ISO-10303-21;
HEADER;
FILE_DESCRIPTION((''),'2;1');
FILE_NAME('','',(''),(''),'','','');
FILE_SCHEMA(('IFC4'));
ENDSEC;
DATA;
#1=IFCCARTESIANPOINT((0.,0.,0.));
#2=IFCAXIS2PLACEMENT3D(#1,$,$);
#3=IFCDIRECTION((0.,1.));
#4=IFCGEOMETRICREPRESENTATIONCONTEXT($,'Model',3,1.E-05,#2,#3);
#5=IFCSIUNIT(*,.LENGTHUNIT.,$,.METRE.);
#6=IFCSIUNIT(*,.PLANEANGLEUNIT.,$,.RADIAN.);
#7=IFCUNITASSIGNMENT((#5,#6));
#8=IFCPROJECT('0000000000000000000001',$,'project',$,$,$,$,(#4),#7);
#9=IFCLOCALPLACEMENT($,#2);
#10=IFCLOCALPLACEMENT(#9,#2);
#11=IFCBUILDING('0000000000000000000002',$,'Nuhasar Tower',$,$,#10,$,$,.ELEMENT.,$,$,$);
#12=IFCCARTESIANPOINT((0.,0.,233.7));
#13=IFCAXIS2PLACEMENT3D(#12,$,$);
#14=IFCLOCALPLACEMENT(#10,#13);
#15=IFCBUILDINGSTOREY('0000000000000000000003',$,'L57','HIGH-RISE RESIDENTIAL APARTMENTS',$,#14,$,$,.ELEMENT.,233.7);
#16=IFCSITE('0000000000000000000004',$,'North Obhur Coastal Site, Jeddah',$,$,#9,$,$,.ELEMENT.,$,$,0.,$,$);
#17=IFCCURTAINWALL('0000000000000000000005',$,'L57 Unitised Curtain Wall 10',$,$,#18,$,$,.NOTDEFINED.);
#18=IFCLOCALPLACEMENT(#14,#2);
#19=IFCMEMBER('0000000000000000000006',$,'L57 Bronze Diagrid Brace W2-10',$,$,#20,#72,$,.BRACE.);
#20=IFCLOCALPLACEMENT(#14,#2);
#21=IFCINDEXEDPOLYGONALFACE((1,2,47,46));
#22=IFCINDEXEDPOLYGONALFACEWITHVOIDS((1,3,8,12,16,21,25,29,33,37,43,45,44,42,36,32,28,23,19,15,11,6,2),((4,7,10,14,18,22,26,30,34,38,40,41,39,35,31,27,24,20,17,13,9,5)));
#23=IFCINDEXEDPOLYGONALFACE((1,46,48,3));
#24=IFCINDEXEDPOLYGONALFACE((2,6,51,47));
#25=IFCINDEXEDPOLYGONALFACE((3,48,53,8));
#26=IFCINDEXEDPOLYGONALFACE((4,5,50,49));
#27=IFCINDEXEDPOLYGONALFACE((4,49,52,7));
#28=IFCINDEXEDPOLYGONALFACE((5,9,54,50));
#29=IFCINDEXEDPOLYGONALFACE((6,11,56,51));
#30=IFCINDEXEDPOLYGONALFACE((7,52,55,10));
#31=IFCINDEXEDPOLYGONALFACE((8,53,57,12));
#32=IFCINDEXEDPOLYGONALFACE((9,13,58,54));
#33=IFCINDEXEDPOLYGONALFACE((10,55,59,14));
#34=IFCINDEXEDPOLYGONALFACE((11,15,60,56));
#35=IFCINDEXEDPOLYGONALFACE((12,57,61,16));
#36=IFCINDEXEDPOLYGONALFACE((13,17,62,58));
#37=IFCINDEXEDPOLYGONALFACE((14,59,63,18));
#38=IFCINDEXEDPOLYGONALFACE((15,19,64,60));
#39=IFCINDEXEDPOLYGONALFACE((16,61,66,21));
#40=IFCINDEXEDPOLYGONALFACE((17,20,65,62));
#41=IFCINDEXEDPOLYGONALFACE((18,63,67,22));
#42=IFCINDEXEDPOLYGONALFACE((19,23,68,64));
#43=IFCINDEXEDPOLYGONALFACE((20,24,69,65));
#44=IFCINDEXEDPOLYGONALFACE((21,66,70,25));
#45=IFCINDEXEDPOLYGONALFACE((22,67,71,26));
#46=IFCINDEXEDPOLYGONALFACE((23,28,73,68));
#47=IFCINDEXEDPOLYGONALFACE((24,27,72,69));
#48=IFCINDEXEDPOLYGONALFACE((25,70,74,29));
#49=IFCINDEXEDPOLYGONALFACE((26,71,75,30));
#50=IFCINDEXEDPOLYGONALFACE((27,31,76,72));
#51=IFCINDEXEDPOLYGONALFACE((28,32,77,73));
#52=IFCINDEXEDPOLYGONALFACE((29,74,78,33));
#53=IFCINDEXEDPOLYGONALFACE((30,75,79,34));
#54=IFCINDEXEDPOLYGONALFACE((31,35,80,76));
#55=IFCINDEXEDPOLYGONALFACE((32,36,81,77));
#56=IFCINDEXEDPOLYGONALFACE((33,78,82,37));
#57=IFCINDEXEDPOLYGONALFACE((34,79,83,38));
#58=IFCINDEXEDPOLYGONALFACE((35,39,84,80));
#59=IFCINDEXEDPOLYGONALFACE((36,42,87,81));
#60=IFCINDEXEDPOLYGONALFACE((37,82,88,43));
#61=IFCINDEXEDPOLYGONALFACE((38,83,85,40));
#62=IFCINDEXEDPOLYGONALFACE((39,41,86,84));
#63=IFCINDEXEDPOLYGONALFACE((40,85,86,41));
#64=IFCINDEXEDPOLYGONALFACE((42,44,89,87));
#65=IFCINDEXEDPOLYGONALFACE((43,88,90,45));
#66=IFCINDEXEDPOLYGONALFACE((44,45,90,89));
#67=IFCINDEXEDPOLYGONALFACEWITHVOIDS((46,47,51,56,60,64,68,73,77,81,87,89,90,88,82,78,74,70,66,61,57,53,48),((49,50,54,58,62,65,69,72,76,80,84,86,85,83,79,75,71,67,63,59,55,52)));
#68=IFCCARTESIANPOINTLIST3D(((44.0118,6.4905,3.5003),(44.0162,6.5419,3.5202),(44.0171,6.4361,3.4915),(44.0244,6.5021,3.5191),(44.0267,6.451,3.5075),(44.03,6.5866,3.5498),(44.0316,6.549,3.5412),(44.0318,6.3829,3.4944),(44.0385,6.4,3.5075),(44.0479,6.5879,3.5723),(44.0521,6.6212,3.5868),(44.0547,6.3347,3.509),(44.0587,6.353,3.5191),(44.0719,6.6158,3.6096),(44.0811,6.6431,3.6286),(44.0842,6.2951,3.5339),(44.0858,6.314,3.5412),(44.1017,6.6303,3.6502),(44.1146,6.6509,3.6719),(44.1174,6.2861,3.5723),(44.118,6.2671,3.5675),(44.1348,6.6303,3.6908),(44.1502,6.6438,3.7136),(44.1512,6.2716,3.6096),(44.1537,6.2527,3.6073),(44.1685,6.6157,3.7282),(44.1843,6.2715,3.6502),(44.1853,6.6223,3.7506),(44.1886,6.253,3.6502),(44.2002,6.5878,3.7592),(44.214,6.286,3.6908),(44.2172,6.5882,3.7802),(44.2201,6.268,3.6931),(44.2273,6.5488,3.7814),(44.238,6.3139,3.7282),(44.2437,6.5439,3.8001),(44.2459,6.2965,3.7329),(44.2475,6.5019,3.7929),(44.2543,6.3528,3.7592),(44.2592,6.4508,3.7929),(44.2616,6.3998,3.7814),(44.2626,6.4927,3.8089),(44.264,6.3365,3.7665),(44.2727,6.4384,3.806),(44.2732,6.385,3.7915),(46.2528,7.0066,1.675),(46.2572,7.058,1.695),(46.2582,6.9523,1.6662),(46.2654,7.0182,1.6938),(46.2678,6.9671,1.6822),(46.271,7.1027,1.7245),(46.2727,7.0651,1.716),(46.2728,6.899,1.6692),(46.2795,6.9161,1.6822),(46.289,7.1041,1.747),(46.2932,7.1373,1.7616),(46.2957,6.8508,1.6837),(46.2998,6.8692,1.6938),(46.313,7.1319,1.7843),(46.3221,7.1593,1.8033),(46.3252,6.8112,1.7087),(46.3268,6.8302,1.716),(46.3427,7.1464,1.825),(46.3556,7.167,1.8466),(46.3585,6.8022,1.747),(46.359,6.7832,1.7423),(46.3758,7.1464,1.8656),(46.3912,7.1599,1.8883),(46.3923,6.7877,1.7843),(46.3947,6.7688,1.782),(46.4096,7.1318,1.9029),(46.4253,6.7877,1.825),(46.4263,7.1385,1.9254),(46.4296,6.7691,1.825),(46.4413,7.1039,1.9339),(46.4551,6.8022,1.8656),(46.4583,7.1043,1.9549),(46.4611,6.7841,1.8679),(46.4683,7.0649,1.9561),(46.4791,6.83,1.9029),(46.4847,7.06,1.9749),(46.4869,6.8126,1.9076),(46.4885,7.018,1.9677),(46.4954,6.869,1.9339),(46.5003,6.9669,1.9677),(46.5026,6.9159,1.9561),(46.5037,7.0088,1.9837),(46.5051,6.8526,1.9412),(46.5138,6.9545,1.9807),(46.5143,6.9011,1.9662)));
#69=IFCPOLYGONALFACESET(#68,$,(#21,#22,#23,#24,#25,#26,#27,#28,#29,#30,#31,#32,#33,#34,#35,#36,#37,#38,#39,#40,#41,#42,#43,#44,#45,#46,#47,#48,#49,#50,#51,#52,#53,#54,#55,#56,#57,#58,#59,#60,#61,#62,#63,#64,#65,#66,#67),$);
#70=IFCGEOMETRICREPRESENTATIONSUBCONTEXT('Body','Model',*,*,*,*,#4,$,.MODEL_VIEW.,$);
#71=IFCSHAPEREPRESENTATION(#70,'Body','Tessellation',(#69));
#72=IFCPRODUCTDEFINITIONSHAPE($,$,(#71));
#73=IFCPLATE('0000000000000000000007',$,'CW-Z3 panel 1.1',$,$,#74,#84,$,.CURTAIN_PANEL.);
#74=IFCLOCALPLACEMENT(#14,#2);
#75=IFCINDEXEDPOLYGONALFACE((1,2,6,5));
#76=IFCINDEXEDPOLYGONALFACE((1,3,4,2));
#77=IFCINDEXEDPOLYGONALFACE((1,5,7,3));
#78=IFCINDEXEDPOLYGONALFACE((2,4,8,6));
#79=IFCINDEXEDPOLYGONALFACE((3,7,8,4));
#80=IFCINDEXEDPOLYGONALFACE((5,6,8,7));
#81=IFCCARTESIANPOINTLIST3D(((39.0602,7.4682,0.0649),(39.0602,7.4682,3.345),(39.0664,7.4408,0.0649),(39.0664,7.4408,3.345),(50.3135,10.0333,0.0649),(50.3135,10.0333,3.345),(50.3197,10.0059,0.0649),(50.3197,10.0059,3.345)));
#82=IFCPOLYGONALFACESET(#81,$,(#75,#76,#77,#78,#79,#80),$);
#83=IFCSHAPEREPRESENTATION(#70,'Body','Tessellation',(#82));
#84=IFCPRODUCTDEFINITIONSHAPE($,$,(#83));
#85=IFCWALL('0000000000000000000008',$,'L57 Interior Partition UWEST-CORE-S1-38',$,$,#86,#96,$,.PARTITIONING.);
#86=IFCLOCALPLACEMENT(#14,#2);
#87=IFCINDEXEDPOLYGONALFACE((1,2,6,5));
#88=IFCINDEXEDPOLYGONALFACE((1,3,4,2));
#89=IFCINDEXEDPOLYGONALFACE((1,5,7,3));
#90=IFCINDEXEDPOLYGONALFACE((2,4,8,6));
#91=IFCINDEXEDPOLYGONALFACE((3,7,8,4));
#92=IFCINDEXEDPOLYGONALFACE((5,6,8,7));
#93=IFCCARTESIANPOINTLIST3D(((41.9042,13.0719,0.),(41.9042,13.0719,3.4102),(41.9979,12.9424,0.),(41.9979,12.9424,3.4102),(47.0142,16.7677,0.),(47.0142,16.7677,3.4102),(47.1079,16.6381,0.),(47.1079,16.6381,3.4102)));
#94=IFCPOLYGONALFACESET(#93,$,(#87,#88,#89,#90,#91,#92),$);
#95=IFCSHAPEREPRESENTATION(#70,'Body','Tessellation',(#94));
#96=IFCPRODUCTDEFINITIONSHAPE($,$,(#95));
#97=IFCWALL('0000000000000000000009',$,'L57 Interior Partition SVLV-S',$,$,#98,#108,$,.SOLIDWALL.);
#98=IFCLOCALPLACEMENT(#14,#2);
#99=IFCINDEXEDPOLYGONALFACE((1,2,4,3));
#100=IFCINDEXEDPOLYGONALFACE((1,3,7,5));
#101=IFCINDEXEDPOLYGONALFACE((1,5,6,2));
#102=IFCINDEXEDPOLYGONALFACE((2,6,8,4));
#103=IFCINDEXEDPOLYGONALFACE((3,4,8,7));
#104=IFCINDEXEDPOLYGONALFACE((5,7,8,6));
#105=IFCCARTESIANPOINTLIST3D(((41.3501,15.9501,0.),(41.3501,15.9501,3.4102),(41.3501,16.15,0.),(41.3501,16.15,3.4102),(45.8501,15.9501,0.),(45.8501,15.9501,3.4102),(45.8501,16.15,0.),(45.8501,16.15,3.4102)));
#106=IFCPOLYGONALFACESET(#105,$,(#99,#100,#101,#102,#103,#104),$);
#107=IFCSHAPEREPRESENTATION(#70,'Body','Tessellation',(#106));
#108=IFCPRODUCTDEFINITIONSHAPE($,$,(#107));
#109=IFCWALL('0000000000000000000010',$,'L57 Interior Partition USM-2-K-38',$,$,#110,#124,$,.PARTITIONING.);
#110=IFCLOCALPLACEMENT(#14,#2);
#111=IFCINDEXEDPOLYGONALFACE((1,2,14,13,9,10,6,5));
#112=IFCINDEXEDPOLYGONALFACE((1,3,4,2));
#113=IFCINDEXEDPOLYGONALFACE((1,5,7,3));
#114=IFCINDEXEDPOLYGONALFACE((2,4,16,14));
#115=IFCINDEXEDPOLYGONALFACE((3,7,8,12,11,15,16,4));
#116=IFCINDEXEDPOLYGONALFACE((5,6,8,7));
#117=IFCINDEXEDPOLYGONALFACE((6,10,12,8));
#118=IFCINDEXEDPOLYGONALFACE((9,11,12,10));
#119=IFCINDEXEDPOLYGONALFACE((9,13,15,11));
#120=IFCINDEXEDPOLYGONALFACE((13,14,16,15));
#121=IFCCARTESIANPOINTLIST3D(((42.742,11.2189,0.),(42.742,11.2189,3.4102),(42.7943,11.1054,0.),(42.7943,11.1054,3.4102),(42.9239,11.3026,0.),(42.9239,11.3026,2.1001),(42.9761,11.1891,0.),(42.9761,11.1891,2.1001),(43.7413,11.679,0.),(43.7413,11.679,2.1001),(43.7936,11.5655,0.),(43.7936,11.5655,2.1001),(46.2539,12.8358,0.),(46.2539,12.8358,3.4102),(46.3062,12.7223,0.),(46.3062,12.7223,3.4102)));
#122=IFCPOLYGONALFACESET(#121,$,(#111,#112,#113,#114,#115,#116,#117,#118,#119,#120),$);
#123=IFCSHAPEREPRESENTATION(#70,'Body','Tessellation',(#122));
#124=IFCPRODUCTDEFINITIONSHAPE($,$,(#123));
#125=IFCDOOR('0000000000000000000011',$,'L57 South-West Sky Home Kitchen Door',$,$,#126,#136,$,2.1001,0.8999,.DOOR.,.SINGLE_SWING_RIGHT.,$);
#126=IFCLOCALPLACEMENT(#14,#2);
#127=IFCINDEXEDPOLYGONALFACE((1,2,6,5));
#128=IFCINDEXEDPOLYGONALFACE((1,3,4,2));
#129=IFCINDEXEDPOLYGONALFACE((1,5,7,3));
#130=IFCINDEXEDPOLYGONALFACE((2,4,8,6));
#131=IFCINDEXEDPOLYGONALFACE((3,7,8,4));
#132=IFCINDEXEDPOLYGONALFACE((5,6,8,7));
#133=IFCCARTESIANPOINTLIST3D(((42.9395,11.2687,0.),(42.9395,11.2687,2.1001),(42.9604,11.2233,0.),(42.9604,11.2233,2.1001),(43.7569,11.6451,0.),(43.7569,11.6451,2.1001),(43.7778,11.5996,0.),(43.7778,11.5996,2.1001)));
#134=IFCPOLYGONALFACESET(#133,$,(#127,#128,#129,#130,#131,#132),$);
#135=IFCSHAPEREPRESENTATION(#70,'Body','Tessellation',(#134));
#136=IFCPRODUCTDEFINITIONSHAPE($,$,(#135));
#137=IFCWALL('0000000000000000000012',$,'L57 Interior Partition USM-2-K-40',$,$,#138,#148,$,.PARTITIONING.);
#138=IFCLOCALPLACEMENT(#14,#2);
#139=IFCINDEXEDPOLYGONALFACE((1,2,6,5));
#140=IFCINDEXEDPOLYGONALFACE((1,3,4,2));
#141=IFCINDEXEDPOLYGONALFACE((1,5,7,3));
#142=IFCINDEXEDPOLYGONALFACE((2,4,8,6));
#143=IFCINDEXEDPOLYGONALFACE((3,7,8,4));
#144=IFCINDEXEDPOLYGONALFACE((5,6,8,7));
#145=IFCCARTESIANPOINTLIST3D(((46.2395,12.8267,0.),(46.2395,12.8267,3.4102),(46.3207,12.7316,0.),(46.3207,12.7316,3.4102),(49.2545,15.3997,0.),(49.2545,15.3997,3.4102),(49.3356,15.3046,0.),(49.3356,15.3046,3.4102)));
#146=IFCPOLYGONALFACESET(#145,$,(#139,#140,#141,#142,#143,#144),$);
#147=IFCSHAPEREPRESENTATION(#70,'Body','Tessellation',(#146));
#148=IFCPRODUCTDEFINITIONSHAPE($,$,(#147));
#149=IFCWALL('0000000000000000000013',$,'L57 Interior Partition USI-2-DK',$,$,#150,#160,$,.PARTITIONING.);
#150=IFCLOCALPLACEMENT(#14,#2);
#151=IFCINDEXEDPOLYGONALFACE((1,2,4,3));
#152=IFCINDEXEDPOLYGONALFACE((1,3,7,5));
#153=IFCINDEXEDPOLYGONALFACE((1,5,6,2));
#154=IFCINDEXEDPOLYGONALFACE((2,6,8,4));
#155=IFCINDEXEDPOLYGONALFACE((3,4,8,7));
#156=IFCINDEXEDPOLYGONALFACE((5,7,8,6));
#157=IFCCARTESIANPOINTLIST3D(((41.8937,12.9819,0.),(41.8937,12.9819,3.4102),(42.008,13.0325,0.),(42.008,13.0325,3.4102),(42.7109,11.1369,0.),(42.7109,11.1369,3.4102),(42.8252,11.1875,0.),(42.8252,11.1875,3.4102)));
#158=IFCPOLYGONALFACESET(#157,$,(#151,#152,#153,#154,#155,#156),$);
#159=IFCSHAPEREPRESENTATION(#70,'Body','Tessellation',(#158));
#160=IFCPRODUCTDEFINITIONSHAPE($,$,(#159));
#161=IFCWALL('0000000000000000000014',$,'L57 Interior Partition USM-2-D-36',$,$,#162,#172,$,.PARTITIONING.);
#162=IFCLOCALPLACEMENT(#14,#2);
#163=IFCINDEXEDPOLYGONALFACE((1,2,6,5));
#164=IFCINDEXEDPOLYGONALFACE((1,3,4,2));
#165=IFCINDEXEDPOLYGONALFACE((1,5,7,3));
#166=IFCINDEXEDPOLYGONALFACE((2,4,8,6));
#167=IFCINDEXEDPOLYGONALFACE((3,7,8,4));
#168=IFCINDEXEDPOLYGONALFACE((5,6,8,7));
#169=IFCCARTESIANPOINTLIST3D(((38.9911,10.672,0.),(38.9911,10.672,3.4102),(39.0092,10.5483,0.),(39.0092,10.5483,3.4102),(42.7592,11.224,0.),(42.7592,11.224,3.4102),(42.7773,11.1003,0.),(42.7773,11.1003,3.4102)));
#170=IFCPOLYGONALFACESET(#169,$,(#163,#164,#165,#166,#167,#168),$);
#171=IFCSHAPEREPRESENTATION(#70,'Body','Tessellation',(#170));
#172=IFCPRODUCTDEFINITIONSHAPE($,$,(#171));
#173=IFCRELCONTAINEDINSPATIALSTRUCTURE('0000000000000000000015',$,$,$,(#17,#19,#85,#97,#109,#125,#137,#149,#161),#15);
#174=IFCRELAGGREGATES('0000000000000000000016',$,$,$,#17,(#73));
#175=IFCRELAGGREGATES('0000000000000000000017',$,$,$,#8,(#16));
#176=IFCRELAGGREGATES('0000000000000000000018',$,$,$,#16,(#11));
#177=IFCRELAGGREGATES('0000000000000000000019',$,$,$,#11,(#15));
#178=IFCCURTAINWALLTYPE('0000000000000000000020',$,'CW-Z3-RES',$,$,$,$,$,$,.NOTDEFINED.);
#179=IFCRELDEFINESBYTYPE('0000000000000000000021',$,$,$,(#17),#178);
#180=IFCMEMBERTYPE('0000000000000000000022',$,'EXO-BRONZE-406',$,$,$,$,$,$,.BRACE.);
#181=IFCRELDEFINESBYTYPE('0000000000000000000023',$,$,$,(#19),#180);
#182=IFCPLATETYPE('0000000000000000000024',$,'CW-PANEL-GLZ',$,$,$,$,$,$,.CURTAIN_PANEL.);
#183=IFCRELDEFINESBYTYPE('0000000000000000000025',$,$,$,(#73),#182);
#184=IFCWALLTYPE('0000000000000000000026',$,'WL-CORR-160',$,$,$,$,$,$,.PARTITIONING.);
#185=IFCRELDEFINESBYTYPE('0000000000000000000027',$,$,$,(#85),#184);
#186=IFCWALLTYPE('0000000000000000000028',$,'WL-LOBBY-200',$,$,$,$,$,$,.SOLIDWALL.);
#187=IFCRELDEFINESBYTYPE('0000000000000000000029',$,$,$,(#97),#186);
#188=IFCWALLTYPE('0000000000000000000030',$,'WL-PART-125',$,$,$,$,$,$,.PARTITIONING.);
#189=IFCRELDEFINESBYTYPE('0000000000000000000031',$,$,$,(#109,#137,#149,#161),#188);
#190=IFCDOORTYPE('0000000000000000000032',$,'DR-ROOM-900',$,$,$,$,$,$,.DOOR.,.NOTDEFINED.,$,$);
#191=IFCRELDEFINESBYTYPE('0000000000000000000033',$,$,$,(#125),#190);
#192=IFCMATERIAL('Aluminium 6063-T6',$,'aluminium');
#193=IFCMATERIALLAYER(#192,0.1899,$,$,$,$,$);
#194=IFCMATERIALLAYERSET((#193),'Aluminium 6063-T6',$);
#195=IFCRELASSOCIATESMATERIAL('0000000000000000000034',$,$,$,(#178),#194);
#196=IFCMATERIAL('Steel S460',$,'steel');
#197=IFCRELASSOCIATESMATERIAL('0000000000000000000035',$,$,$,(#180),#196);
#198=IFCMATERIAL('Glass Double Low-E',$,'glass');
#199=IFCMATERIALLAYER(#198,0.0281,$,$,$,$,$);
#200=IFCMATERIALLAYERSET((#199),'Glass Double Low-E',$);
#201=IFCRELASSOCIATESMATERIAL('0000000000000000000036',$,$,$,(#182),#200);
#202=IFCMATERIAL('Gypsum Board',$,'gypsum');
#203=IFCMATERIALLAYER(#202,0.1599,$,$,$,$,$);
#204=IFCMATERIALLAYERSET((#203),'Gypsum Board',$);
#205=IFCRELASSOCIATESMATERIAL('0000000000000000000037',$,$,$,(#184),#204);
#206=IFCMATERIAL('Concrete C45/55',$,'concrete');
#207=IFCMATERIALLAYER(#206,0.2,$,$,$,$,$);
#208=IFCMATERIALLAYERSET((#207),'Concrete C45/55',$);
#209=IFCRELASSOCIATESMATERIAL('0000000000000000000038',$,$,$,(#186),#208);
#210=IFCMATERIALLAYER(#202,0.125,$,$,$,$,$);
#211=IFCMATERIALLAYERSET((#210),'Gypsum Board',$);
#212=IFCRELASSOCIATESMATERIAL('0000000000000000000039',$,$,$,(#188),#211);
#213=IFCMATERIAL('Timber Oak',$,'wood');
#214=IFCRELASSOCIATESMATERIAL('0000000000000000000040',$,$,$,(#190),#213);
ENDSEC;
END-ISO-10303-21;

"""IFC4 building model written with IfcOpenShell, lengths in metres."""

from ifc_helpers import new_model, si_unit, direction, frame, frame_2d, origin, origin_2d, place, context, subcontext, project, spatial, rectangle, hollow_circle, extrude, material, layer, layer_set, material_profile, profile_set, type_object, element, fill, aggregate, save


model = new_model("IFC4")

# Units and contexts
model_context = context("Model", 3, precision=1e-05, world=origin(), true_north=direction((0.0, 1.0)))
body_context = subcontext(model_context, "Body", "Model", "MODEL_VIEW")
ifc_project = project(units=[si_unit("LENGTHUNIT", "METRE"), si_unit("PLANEANGLEUNIT", "RADIAN")], contexts=[model_context])

# Site, building, storey
site_placement = place(None, origin())
site = spatial("IfcSite", under=ifc_project, at=site_placement, Name="North Obhur Coastal Site, Jeddah", CompositionType="ELEMENT", RefElevation=0.0)
building_placement = place(site_placement, origin())
building = spatial("IfcBuilding", under=site, at=building_placement, Name="Nuhasar Tower", CompositionType="ELEMENT")
storey_placement = place(building_placement, frame((0.0, 0.0, 233.7)))
storey = spatial("IfcBuildingStorey", under=building, at=storey_placement, Name="L57", Description="HIGH-RISE RESIDENTIAL APARTMENTS", CompositionType="ELEMENT", Elevation=233.7)

# Curtain wall
ifc_material_1 = material(Name="Aluminium 6063-T6", Category="aluminium")
ifc_layer_1 = layer(ifc_material_1, 0.1899)
ifc_layer_set_1 = layer_set([ifc_layer_1], Name="Aluminium 6063-T6")
curtain_wall_type = type_object("IfcCurtainWallType", Name="CW-Z3-RES", PredefinedType="NOTDEFINED", material=ifc_layer_set_1)
curtain_wall_placement = place(storey_placement, origin())
curtain_wall = element("IfcCurtainWall", 1, at=curtain_wall_placement, inside=storey, type_object=curtain_wall_type, Name="L57 Unitised Curtain Wall 10", PredefinedType="NOTDEFINED")

# Member
ifc_material_2 = material(Name="Steel S460", Category="steel")
ifc_material_profile_1 = material_profile(ifc_material_2, hollow_circle(Radius=0.2031, WallThickness=0.019, at=origin_2d()), Name="HSS406.4X19.1")
ifc_profile_set_1 = profile_set([ifc_material_profile_1], Name="Steel S460")
member_type_1 = type_object("IfcMemberType", Name="EXO-BRONZE-406", PredefinedType="BRACE", material=ifc_profile_set_1)
member_1_placement = place(storey_placement, frame((46.384, 6.967, 1.825), z_axis=(-0.763292, -0.175793, 0.621677), x_axis=(0.224433, -0.97449, 0.0)))
element("IfcMember", 2, at=member_1_placement, inside=storey, type_object=member_type_1, Name="L57 Bronze Diagrid Brace W2-10", PredefinedType="BRACE", context=body_context, shape_type="SweptSolid", body=[
    extrude(hollow_circle(Radius=0.2031, WallThickness=0.019, at=origin_2d()), origin(), (0.0, 0.0, 1.0), 2.936),
])

# Plate
ifc_material_3 = material(Name="Glass Double Low-E", Category="glass")
ifc_layer_2 = layer(ifc_material_3, 0.0281)
ifc_layer_set_2 = layer_set([ifc_layer_2], Name="Glass Double Low-E")
plate_type = type_object("IfcPlateType", Name="CW-PANEL-GLZ", PredefinedType="CURTAIN_PANEL", material=ifc_layer_set_2)
plate_placement = place(storey_placement, frame((44.6899, 8.7371, 0.0649), z_axis=(0.0, 0.0, 1.0), x_axis=(0.974991, 0.222243, 0.0)))
plate = element("IfcPlate", 3, at=plate_placement, type_object=plate_type, Name="CW-Z3 panel 1.1", PredefinedType="CURTAIN_PANEL", context=body_context, shape_type="SweptSolid", body=[
    extrude(rectangle(XDim=11.542, YDim=0.0281, at=origin_2d()), origin(), (0.0, 0.0, 1.0), 3.28),
])
aggregate(curtain_wall, [plate])

# Wall
ifc_material_4 = material(Name="Gypsum Board", Category="gypsum")
ifc_layer_3 = layer(ifc_material_4, 0.1599)
ifc_layer_set_3 = layer_set([ifc_layer_3], Name="Gypsum Board")
wall_type_1 = type_object("IfcWallType", Name="WL-CORR-160", PredefinedType="PARTITIONING", material=ifc_layer_set_3)
wall_1_placement = place(storey_placement, frame((41.9509, 13.0071, 0.0), z_axis=(0.0, 0.0, 1.0), x_axis=(0.81029, 0.586029, 0.0)))
element("IfcWall", 4, at=wall_1_placement, inside=storey, type_object=wall_type_1, Name="L57 Interior Partition UWEST-CORE-S1-38", PredefinedType="PARTITIONING", context=body_context, shape_type="SweptSolid", body=[
    extrude(rectangle(XDim=6.3064, YDim=0.1599, at=frame_2d((3.1533, 0.0))), origin(), (0.0, 0.0, 1.0), 3.4102),
])

# Shared definitions
ifc_material_5 = material(Name="Concrete C45/55", Category="concrete")
ifc_layer_4 = layer(ifc_material_5, 0.2)
ifc_layer_set_4 = layer_set([ifc_layer_4], Name="Concrete C45/55")
wall_type_2 = type_object("IfcWallType", Name="WL-LOBBY-200", PredefinedType="SOLIDWALL", material=ifc_layer_set_4)

# Wall
wall_2_placement = place(storey_placement, frame((41.3501, 16.05, 0.0), z_axis=(0.0, 0.0, 1.0), x_axis=(1.0, 0.0, 0.0)))
element("IfcWall", 5, at=wall_2_placement, inside=storey, type_object=wall_type_2, Name="L57 Interior Partition SVLV-S", PredefinedType="SOLIDWALL", context=body_context, shape_type="SweptSolid", body=[
    extrude(rectangle(XDim=4.5, YDim=0.2, at=frame_2d((2.25, 0.0))), origin(), (0.0, 0.0, 1.0), 3.4102),
])

# Wall, opening, door
ifc_layer_5 = layer(ifc_material_4, 0.125)
ifc_layer_set_5 = layer_set([ifc_layer_5], Name="Gypsum Board")
wall_type_3 = type_object("IfcWallType", Name="WL-PART-125", PredefinedType="PARTITIONING", material=ifc_layer_set_5)
wall_3_placement = place(storey_placement, frame((46.28, 12.7791, 0.0), z_axis=(0.0, 0.0, 1.0), x_axis=(-0.908349, -0.418213, 0.0)))
wall_3 = element("IfcWall", 6, at=wall_3_placement, inside=storey, type_object=wall_type_3, Name="L57 Interior Partition USM-2-K-38", PredefinedType="PARTITIONING", context=body_context, shape_type="SweptSolid", body=[
    extrude(rectangle(XDim=3.8662, YDim=0.125, at=frame_2d((1.9331, 0.0))), origin(), (0.0, 0.0, 1.0), 3.4102),
])
opening_1_placement = place(wall_3_placement, frame((2.7661, 0.0, 0.0)))
opening_1 = element("IfcOpeningElement", 7, at=opening_1_placement, cuts=wall_3, PredefinedType="OPENING", context=body_context, shape_type="SweptSolid", body=[
    extrude(rectangle(XDim=0.8999, YDim=2.1001, at=frame_2d((0.45, 1.05))), frame((0.0, 0.0725, 0.0), z_axis=(0.0, -1.0, 0.0), x_axis=(1.0, 0.0, 0.0)), (0.0, 0.0, 1.0), 0.145),
])
ifc_material_6 = material(Name="Timber Oak", Category="wood")
door_type_1 = type_object("IfcDoorType", Name="DR-ROOM-900", OperationType="NOTDEFINED", PredefinedType="DOOR", material=ifc_material_6)
door_1_placement = place(opening_1_placement, origin())
door_1 = element("IfcDoor", 8, at=door_1_placement, inside=storey, type_object=door_type_1, Name="L57 South-West Sky Home Kitchen Door", OperationType="SINGLE_SWING_RIGHT", OverallHeight=2.1001, OverallWidth=0.8999, PredefinedType="DOOR", context=body_context, shape_type="SweptSolid", body=[
    extrude(rectangle(XDim=0.8999, YDim=2.1001, at=frame_2d((0.45, 1.05))), frame((0.0, 0.0249, 0.0), z_axis=(0.0, -1.0, 0.0), x_axis=(1.0, 0.0, 0.0)), (0.0, 0.0, 1.0), 0.05),
])
fill(opening_1, door_1)

# Walls
wall_4_placement = place(storey_placement, frame((46.28, 12.7791, 0.0), z_axis=(0.0, 0.0, 1.0), x_axis=(0.760651, 0.649162, 0.0)))
element("IfcWall", 9, at=wall_4_placement, inside=storey, type_object=wall_type_3, Name="L57 Interior Partition USM-2-K-40", PredefinedType="PARTITIONING", context=body_context, shape_type="SweptSolid", body=[
    extrude(rectangle(XDim=3.9636, YDim=0.125, at=frame_2d((1.9819, 0.0))), origin(), (0.0, 0.0, 1.0), 3.4102),
])
wall_5_placement = place(storey_placement, frame((41.9509, 13.0071, 0.0), z_axis=(0.0, 0.0, 1.0), x_axis=(0.404959, -0.914335, 0.0)))
element("IfcWall", 10, at=wall_5_placement, inside=storey, type_object=wall_type_3, Name="L57 Interior Partition USI-2-DK", PredefinedType="PARTITIONING", context=body_context, shape_type="SweptSolid", body=[
    extrude(rectangle(XDim=2.0178, YDim=0.125, at=frame_2d((1.0088, 0.0))), origin(), (0.0, 0.0, 1.0), 3.4102),
])
wall_6_placement = place(storey_placement, frame((39.0, 10.6101, 0.0), z_axis=(0.0, 0.0, 1.0), x_axis=(0.989439, 0.144948, 0.0)))
element("IfcWall", 11, at=wall_6_placement, inside=storey, type_object=wall_type_3, Name="L57 Interior Partition USM-2-D-36", PredefinedType="PARTITIONING", context=body_context, shape_type="SweptSolid", body=[
    extrude(rectangle(XDim=3.8083, YDim=0.125, at=frame_2d((1.9043, 0.0))), origin(), (0.0, 0.0, 1.0), 3.4102),
])

save(model, "model.ifc")
